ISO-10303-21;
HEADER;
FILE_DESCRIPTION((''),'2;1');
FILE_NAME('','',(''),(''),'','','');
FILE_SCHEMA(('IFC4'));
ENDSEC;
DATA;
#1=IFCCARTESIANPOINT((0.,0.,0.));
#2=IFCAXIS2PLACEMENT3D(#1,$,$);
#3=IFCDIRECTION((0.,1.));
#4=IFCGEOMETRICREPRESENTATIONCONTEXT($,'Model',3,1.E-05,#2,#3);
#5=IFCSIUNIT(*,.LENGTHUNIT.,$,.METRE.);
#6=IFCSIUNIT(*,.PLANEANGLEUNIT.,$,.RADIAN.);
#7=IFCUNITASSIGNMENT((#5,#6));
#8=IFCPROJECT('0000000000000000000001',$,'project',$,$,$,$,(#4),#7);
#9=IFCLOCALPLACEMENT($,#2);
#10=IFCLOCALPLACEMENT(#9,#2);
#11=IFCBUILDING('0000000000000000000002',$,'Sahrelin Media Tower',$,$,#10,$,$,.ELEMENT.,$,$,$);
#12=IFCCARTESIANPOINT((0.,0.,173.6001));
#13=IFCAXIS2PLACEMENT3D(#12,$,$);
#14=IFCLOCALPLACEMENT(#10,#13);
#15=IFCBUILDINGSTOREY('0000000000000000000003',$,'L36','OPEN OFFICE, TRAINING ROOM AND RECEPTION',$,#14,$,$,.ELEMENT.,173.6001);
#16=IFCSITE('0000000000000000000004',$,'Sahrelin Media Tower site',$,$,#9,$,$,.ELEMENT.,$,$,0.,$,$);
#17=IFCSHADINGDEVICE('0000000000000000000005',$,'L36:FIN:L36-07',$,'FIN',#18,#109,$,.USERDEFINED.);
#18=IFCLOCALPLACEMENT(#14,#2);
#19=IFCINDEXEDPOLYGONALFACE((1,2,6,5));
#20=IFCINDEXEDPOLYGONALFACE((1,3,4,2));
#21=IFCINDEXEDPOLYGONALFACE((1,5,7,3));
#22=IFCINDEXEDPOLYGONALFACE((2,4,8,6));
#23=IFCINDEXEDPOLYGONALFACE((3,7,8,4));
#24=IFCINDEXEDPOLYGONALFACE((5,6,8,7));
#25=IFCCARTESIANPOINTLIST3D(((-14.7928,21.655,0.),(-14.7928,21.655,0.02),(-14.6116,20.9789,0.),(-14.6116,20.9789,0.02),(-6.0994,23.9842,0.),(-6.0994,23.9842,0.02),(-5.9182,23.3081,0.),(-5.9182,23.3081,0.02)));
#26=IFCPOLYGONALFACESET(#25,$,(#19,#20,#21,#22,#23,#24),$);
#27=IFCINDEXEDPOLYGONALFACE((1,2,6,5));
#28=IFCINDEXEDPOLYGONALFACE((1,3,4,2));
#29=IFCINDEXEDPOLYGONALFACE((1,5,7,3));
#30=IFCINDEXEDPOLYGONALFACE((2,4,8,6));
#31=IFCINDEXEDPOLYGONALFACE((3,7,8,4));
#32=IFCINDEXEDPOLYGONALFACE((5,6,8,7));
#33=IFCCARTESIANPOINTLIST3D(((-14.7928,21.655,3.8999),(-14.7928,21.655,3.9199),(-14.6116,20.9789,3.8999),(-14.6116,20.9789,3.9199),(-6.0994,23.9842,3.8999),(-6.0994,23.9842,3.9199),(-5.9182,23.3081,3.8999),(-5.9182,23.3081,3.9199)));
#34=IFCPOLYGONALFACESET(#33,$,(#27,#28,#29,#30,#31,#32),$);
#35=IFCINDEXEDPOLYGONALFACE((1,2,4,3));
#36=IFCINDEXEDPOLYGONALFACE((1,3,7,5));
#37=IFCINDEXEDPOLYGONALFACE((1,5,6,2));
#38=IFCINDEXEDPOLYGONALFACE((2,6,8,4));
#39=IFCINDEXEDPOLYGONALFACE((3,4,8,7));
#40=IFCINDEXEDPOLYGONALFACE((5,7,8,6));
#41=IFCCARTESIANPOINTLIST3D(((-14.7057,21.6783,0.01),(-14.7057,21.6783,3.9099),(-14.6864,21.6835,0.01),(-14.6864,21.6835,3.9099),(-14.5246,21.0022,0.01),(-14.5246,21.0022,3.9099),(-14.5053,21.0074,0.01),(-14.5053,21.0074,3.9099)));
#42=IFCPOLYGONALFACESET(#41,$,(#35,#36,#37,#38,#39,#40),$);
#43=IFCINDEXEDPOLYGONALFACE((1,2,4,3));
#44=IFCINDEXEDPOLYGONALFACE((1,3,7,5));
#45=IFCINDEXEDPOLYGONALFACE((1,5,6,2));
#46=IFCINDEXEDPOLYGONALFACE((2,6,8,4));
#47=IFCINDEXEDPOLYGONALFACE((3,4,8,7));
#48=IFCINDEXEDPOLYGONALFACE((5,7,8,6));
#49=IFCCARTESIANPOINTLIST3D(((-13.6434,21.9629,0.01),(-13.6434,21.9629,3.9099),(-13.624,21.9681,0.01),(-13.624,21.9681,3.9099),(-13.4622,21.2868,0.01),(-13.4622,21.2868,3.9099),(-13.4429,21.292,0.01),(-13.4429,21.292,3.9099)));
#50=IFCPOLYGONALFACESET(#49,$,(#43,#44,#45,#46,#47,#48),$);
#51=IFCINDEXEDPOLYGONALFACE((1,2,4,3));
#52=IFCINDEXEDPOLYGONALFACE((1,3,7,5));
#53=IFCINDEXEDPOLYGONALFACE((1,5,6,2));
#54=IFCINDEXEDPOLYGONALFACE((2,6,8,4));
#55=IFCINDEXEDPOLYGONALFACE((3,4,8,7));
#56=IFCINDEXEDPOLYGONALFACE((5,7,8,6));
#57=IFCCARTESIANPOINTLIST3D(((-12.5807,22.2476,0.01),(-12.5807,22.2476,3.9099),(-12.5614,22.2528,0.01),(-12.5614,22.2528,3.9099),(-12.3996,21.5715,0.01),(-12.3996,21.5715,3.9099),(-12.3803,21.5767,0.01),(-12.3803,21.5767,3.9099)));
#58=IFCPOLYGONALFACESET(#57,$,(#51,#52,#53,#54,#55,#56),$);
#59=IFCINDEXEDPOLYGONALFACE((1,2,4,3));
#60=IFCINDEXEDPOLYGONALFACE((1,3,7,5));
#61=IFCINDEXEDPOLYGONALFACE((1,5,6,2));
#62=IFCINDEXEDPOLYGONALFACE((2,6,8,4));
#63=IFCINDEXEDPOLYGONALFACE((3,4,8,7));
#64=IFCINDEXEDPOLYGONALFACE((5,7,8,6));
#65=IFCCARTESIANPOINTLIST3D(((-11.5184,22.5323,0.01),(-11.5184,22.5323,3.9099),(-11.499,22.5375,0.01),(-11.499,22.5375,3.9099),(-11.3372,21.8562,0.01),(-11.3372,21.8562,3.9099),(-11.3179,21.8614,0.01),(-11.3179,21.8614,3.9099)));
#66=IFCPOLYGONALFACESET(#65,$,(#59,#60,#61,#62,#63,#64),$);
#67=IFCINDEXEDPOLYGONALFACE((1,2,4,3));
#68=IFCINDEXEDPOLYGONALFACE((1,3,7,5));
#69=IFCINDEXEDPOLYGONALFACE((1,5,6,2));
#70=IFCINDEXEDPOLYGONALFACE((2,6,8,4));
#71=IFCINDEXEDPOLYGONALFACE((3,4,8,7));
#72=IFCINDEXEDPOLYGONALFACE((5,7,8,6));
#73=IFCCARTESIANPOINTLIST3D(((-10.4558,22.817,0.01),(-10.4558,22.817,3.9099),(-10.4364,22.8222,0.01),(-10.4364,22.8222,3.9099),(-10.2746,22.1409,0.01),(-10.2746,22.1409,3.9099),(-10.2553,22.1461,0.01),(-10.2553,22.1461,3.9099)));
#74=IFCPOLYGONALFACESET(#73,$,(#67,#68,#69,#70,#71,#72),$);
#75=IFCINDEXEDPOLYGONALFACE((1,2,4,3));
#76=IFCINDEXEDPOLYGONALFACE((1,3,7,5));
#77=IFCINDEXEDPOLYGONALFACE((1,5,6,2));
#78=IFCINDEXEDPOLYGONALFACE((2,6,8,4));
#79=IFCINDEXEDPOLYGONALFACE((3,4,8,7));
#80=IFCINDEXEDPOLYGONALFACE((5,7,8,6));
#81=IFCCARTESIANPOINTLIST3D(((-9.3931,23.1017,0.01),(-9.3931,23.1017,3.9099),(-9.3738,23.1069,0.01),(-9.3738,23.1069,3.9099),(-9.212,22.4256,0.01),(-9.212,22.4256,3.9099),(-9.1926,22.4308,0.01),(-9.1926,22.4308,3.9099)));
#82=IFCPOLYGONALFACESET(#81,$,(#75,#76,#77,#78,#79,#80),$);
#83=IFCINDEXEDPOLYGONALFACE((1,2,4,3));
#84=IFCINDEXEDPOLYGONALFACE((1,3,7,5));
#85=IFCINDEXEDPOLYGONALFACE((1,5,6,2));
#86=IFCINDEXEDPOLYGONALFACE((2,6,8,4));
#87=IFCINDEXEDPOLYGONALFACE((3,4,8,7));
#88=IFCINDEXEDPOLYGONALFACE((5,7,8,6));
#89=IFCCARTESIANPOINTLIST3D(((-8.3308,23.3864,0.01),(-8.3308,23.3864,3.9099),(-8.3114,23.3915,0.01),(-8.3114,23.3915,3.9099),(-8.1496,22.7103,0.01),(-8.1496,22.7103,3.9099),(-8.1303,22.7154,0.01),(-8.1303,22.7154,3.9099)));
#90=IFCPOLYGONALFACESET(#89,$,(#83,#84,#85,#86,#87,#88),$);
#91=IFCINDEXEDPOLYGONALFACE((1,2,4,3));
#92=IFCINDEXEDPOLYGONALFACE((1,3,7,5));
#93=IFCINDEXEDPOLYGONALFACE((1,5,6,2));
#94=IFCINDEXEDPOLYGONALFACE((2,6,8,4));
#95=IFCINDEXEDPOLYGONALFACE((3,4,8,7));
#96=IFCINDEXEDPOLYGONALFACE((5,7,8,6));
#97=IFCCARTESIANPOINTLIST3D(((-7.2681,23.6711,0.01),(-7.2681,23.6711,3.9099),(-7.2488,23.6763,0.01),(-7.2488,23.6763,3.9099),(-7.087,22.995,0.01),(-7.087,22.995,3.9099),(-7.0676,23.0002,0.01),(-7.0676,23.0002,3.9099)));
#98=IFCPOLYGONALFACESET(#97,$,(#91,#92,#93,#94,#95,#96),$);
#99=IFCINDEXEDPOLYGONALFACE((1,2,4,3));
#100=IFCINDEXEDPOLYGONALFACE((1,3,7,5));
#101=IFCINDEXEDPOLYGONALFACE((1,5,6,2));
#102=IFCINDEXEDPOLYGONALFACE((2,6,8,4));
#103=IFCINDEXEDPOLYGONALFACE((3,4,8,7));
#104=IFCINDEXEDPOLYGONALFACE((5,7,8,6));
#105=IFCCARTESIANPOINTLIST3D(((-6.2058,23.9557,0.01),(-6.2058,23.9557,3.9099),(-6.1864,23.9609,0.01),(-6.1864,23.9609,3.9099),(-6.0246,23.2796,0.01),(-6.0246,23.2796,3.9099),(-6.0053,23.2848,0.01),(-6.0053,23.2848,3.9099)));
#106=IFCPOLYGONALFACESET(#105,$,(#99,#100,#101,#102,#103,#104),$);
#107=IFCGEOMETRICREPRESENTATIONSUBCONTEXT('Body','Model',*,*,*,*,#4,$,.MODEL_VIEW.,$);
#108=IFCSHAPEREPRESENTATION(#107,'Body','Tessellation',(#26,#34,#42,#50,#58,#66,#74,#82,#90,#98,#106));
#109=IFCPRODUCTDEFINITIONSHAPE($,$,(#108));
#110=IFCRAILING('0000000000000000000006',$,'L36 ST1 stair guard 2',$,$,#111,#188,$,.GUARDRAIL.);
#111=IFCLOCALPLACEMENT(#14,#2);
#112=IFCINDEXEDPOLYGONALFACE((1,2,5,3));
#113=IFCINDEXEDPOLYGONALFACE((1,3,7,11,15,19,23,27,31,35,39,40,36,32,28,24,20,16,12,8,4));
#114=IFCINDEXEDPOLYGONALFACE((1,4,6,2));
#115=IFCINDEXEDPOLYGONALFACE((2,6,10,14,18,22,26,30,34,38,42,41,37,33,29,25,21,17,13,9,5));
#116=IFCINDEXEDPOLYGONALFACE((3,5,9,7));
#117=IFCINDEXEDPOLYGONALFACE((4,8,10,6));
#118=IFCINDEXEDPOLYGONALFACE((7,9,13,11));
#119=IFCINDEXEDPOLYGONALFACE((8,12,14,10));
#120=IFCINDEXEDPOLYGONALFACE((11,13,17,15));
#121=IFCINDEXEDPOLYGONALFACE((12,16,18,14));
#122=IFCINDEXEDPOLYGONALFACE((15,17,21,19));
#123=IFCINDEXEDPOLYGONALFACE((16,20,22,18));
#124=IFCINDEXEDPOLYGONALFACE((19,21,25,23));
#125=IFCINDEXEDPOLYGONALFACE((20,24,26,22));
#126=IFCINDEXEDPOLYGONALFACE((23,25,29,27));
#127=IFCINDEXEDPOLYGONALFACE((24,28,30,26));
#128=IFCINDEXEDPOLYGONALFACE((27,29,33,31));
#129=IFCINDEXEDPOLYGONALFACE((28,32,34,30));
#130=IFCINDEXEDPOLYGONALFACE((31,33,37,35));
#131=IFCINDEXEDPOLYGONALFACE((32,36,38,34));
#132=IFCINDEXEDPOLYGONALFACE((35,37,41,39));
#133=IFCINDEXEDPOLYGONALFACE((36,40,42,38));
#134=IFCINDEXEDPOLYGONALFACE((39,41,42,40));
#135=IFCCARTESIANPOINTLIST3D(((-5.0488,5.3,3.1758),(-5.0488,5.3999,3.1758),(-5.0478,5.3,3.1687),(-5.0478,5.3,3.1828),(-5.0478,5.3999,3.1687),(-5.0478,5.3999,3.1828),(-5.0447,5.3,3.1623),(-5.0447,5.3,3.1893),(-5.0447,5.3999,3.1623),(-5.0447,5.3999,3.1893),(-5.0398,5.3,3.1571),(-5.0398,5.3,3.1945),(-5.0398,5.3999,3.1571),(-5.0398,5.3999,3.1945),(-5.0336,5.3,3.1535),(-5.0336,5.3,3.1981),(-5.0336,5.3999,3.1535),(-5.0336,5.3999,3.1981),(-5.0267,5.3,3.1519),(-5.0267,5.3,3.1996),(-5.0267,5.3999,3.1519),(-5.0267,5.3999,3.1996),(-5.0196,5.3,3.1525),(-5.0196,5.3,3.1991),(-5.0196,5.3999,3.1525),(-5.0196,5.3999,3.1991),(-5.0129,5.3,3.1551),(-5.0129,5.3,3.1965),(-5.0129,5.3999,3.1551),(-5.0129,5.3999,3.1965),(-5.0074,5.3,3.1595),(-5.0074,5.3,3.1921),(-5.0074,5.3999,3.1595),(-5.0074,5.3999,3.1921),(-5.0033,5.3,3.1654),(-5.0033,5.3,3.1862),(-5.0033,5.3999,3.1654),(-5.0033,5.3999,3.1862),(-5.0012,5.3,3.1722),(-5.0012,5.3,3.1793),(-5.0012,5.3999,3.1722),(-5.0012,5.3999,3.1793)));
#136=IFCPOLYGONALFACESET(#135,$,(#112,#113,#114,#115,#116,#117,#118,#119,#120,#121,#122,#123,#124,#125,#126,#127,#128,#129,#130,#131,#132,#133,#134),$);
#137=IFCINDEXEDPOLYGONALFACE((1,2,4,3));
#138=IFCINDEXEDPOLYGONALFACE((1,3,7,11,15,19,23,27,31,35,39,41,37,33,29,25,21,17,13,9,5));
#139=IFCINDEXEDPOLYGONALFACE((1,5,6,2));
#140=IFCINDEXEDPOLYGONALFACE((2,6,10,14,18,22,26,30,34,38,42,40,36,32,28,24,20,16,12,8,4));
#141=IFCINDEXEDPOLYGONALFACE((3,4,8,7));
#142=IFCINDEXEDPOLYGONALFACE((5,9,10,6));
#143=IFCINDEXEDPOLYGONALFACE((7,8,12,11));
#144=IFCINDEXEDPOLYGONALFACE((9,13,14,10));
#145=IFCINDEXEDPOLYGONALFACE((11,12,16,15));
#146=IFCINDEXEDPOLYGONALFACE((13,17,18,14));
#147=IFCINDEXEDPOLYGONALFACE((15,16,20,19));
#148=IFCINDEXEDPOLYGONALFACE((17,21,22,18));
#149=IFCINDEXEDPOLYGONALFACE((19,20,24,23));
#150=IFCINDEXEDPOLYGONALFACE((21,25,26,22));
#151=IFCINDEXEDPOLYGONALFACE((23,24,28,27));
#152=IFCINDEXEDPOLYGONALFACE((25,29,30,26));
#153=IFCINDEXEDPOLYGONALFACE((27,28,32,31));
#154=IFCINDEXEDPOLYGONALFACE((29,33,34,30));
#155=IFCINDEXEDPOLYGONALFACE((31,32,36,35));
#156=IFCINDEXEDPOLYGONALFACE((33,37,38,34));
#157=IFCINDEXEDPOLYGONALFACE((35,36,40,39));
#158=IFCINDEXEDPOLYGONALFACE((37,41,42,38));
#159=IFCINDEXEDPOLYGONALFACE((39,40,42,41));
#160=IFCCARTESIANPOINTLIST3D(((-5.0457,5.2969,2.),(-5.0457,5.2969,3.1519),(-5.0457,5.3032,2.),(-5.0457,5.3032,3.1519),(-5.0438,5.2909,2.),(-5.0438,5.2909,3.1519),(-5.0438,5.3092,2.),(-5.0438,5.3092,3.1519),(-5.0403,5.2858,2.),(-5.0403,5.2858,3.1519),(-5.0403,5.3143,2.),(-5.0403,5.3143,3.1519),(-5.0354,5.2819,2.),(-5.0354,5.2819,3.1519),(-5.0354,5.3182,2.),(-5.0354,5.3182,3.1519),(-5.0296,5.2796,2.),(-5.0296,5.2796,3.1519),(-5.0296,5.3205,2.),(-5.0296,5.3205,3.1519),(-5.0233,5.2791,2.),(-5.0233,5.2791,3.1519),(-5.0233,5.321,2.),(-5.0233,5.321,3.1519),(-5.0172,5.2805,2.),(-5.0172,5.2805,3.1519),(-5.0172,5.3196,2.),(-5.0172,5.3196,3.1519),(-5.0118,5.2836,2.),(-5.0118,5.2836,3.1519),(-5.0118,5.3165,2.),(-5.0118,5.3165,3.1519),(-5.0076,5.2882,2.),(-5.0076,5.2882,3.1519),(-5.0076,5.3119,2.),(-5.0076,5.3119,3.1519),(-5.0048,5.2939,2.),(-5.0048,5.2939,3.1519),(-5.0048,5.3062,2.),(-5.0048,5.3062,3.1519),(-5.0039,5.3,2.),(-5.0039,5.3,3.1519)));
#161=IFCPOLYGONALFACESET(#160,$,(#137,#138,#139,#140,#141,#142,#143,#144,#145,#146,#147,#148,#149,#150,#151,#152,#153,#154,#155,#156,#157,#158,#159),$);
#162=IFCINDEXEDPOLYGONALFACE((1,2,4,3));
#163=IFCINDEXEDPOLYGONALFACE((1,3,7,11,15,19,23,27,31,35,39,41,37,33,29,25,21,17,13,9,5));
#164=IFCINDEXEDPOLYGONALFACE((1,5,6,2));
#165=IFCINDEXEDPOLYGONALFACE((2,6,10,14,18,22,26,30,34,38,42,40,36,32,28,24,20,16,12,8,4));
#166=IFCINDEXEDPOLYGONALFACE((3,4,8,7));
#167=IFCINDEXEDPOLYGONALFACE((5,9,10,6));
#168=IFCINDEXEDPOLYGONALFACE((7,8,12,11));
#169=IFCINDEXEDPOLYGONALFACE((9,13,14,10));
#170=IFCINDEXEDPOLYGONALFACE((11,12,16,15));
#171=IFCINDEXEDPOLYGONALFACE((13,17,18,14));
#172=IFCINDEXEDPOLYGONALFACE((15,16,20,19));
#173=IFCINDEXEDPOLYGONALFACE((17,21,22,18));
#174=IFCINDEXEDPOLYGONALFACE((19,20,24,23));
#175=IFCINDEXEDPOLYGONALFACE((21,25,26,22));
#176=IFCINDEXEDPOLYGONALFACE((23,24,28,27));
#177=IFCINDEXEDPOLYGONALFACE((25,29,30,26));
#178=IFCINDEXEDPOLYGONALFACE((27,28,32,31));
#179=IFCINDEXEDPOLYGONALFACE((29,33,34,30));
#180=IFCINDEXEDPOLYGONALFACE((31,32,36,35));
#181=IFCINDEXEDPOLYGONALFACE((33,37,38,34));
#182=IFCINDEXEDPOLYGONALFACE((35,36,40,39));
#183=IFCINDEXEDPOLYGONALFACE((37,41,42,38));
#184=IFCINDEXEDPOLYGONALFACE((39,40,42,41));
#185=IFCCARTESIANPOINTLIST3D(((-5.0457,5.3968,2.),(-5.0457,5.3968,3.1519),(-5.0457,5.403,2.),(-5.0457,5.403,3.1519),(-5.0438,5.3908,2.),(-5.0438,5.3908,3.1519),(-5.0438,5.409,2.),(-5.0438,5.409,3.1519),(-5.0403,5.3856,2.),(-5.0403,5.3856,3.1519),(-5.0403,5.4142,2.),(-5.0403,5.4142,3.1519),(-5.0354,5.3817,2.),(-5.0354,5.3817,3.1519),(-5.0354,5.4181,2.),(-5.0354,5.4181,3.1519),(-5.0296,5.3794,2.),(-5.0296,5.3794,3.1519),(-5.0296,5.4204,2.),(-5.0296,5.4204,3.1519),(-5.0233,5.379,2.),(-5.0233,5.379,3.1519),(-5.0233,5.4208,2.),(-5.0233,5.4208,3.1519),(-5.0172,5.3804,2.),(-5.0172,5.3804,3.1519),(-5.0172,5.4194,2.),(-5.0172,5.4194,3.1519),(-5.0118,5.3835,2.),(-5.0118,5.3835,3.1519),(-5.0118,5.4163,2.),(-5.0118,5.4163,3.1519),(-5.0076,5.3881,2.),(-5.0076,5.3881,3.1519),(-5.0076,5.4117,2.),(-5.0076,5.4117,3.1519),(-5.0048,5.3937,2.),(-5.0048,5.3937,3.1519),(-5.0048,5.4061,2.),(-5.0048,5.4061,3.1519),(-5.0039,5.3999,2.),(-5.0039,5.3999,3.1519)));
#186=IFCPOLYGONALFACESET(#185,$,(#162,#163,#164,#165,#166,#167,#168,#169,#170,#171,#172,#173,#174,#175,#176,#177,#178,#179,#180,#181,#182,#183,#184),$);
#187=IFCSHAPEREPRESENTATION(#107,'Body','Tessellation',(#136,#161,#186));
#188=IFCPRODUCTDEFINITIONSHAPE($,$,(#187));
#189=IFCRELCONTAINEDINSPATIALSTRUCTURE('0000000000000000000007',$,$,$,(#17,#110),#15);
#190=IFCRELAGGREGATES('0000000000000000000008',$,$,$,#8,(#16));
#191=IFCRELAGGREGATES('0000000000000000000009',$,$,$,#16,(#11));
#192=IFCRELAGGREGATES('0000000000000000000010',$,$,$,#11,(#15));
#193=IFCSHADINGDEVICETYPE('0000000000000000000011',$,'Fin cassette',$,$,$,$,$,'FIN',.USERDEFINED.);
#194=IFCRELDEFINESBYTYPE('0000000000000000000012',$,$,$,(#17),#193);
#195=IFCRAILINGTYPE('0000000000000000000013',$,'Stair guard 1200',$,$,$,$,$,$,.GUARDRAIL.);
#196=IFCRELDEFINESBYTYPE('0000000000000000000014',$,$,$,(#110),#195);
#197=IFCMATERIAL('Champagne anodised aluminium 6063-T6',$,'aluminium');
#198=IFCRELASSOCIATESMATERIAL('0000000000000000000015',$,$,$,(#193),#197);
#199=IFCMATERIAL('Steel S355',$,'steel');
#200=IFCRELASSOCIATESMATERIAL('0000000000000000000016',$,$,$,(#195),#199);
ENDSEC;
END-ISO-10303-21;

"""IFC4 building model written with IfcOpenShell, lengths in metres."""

from ifc_helpers import new_model, si_unit, direction, frame, origin, origin_2d, place, context, subcontext, project, spatial, rectangle, circle, extrude, material, type_object, element, save


model = new_model("IFC4")

# Units and contexts
model_context = context("Model", 3, precision=1e-05, world=origin(), true_north=direction((0.0, 1.0)))
body_context = subcontext(model_context, "Body", "Model", "MODEL_VIEW")
ifc_project = project(units=[si_unit("LENGTHUNIT", "METRE"), si_unit("PLANEANGLEUNIT", "RADIAN")], contexts=[model_context])

# Site, building, storey
site_placement = place(None, origin())
site = spatial("IfcSite", under=ifc_project, at=site_placement, Name="Sahrelin Media Tower site", CompositionType="ELEMENT", RefElevation=0.0)
building_placement = place(site_placement, origin())
building = spatial("IfcBuilding", under=site, at=building_placement, Name="Sahrelin Media Tower", CompositionType="ELEMENT")
storey_placement = place(building_placement, frame((0.0, 0.0, 173.6001)))
storey = spatial("IfcBuildingStorey", under=building, at=storey_placement, Name="L36", Description="OPEN OFFICE, TRAINING ROOM AND RECEPTION", CompositionType="ELEMENT", Elevation=173.6001)

# Shared definitions
ifc_material_1 = material(Name="Steel S355", Category="steel")

# Shared definitions
ifc_material_2 = material(Name="Champagne anodised aluminium 6063-T6", Category="aluminium")

# Shading device
shading_device_type_1 = type_object("IfcShadingDeviceType", Name="Fin cassette", ElementType="FIN", PredefinedType="USERDEFINED", material=ifc_material_2)
placement_1 = place(storey_placement, frame((-10.2468, 22.0759, 0.0), z_axis=(0.0, 0.0, 1.0), x_axis=(0.965929, 0.258808, 0.0)))
element("IfcShadingDevice", 1, at=placement_1, inside=storey, type_object=shading_device_type_1, Name="L36:FIN:L36-07", ObjectType="FIN", PredefinedType="USERDEFINED", context=body_context, shape_type="SweptSolid", body=[
    extrude(rectangle(XDim=9.0, YDim=0.7, at=origin_2d()), frame((0.0, 0.4199, 0.0)), (0.0, 0.0, 1.0), 0.02),
    extrude(rectangle(XDim=9.0, YDim=0.7, at=origin_2d()), frame((0.0, 0.4199, 3.8999)), (0.0, 0.0, 1.0), 0.02),
    extrude(rectangle(XDim=0.02, YDim=0.7, at=origin_2d()), frame((-4.3999, 0.4199, 0.01), z_axis=(0.0, 0.0, 1.0), x_axis=(1.0, 0.0, 0.0)), (0.0, 0.0, 1.0), 3.8999),
    extrude(rectangle(XDim=0.02, YDim=0.7, at=origin_2d()), frame((-3.3, 0.4199, 0.01), z_axis=(0.0, 0.0, 1.0), x_axis=(1.0, 0.0, 0.0)), (0.0, 0.0, 1.0), 3.8999),
    extrude(rectangle(XDim=0.02, YDim=0.7, at=origin_2d()), frame((-2.2, 0.4199, 0.01), z_axis=(0.0, 0.0, 1.0), x_axis=(1.0, 0.0, 0.0)), (0.0, 0.0, 1.0), 3.8999),
    extrude(rectangle(XDim=0.02, YDim=0.7, at=origin_2d()), frame((-1.1001, 0.4199, 0.01), z_axis=(0.0, 0.0, 1.0), x_axis=(1.0, 0.0, 0.0)), (0.0, 0.0, 1.0), 3.8999),
    extrude(rectangle(XDim=0.02, YDim=0.7, at=origin_2d()), frame((0.0, 0.4199, 0.01), z_axis=(0.0, 0.0, 1.0), x_axis=(1.0, 0.0, 0.0)), (0.0, 0.0, 1.0), 3.8999),
    extrude(rectangle(XDim=0.02, YDim=0.7, at=origin_2d()), frame((1.1001, 0.4199, 0.01), z_axis=(0.0, 0.0, 1.0), x_axis=(1.0, 0.0, 0.0)), (0.0, 0.0, 1.0), 3.8999),
    extrude(rectangle(XDim=0.02, YDim=0.7, at=origin_2d()), frame((2.2, 0.4199, 0.01), z_axis=(0.0, 0.0, 1.0), x_axis=(1.0, 0.0, 0.0)), (0.0, 0.0, 1.0), 3.8999),
    extrude(rectangle(XDim=0.02, YDim=0.7, at=origin_2d()), frame((3.3, 0.4199, 0.01), z_axis=(0.0, 0.0, 1.0), x_axis=(1.0, 0.0, 0.0)), (0.0, 0.0, 1.0), 3.8999),
    extrude(rectangle(XDim=0.02, YDim=0.7, at=origin_2d()), frame((4.3999, 0.4199, 0.01), z_axis=(0.0, 0.0, 1.0), x_axis=(1.0, 0.0, 0.0)), (0.0, 0.0, 1.0), 3.8999),
])

# Railing
railing_type_1 = type_object("IfcRailingType", Name="Stair guard 1200", PredefinedType="GUARDRAIL", material=ifc_material_1)
railing_1_placement = place(storey_placement, frame((-5.0249, 5.3, 2.0)))
element("IfcRailing", 2, at=railing_1_placement, inside=storey, type_object=railing_type_1, Name="L36 ST1 stair guard 2", PredefinedType="GUARDRAIL", context=body_context, shape_type="SweptSolid", body=[
    extrude(circle(Radius=0.0239, at=origin_2d()), frame((0.0, 0.0, 1.1758), z_axis=(0.0, 1.0, 0.0), x_axis=(-1.0, 0.0, 0.0)), (0.0, 0.0, 1.0), 0.0999),
    extrude(circle(Radius=0.021, at=origin_2d()), origin(), (0.0, 0.0, 1.0), 1.1519),
    extrude(circle(Radius=0.021, at=origin_2d()), frame((0.0, 0.0999, 0.0)), (0.0, 0.0, 1.0), 1.1519),
])

save(model, "model.ifc")
